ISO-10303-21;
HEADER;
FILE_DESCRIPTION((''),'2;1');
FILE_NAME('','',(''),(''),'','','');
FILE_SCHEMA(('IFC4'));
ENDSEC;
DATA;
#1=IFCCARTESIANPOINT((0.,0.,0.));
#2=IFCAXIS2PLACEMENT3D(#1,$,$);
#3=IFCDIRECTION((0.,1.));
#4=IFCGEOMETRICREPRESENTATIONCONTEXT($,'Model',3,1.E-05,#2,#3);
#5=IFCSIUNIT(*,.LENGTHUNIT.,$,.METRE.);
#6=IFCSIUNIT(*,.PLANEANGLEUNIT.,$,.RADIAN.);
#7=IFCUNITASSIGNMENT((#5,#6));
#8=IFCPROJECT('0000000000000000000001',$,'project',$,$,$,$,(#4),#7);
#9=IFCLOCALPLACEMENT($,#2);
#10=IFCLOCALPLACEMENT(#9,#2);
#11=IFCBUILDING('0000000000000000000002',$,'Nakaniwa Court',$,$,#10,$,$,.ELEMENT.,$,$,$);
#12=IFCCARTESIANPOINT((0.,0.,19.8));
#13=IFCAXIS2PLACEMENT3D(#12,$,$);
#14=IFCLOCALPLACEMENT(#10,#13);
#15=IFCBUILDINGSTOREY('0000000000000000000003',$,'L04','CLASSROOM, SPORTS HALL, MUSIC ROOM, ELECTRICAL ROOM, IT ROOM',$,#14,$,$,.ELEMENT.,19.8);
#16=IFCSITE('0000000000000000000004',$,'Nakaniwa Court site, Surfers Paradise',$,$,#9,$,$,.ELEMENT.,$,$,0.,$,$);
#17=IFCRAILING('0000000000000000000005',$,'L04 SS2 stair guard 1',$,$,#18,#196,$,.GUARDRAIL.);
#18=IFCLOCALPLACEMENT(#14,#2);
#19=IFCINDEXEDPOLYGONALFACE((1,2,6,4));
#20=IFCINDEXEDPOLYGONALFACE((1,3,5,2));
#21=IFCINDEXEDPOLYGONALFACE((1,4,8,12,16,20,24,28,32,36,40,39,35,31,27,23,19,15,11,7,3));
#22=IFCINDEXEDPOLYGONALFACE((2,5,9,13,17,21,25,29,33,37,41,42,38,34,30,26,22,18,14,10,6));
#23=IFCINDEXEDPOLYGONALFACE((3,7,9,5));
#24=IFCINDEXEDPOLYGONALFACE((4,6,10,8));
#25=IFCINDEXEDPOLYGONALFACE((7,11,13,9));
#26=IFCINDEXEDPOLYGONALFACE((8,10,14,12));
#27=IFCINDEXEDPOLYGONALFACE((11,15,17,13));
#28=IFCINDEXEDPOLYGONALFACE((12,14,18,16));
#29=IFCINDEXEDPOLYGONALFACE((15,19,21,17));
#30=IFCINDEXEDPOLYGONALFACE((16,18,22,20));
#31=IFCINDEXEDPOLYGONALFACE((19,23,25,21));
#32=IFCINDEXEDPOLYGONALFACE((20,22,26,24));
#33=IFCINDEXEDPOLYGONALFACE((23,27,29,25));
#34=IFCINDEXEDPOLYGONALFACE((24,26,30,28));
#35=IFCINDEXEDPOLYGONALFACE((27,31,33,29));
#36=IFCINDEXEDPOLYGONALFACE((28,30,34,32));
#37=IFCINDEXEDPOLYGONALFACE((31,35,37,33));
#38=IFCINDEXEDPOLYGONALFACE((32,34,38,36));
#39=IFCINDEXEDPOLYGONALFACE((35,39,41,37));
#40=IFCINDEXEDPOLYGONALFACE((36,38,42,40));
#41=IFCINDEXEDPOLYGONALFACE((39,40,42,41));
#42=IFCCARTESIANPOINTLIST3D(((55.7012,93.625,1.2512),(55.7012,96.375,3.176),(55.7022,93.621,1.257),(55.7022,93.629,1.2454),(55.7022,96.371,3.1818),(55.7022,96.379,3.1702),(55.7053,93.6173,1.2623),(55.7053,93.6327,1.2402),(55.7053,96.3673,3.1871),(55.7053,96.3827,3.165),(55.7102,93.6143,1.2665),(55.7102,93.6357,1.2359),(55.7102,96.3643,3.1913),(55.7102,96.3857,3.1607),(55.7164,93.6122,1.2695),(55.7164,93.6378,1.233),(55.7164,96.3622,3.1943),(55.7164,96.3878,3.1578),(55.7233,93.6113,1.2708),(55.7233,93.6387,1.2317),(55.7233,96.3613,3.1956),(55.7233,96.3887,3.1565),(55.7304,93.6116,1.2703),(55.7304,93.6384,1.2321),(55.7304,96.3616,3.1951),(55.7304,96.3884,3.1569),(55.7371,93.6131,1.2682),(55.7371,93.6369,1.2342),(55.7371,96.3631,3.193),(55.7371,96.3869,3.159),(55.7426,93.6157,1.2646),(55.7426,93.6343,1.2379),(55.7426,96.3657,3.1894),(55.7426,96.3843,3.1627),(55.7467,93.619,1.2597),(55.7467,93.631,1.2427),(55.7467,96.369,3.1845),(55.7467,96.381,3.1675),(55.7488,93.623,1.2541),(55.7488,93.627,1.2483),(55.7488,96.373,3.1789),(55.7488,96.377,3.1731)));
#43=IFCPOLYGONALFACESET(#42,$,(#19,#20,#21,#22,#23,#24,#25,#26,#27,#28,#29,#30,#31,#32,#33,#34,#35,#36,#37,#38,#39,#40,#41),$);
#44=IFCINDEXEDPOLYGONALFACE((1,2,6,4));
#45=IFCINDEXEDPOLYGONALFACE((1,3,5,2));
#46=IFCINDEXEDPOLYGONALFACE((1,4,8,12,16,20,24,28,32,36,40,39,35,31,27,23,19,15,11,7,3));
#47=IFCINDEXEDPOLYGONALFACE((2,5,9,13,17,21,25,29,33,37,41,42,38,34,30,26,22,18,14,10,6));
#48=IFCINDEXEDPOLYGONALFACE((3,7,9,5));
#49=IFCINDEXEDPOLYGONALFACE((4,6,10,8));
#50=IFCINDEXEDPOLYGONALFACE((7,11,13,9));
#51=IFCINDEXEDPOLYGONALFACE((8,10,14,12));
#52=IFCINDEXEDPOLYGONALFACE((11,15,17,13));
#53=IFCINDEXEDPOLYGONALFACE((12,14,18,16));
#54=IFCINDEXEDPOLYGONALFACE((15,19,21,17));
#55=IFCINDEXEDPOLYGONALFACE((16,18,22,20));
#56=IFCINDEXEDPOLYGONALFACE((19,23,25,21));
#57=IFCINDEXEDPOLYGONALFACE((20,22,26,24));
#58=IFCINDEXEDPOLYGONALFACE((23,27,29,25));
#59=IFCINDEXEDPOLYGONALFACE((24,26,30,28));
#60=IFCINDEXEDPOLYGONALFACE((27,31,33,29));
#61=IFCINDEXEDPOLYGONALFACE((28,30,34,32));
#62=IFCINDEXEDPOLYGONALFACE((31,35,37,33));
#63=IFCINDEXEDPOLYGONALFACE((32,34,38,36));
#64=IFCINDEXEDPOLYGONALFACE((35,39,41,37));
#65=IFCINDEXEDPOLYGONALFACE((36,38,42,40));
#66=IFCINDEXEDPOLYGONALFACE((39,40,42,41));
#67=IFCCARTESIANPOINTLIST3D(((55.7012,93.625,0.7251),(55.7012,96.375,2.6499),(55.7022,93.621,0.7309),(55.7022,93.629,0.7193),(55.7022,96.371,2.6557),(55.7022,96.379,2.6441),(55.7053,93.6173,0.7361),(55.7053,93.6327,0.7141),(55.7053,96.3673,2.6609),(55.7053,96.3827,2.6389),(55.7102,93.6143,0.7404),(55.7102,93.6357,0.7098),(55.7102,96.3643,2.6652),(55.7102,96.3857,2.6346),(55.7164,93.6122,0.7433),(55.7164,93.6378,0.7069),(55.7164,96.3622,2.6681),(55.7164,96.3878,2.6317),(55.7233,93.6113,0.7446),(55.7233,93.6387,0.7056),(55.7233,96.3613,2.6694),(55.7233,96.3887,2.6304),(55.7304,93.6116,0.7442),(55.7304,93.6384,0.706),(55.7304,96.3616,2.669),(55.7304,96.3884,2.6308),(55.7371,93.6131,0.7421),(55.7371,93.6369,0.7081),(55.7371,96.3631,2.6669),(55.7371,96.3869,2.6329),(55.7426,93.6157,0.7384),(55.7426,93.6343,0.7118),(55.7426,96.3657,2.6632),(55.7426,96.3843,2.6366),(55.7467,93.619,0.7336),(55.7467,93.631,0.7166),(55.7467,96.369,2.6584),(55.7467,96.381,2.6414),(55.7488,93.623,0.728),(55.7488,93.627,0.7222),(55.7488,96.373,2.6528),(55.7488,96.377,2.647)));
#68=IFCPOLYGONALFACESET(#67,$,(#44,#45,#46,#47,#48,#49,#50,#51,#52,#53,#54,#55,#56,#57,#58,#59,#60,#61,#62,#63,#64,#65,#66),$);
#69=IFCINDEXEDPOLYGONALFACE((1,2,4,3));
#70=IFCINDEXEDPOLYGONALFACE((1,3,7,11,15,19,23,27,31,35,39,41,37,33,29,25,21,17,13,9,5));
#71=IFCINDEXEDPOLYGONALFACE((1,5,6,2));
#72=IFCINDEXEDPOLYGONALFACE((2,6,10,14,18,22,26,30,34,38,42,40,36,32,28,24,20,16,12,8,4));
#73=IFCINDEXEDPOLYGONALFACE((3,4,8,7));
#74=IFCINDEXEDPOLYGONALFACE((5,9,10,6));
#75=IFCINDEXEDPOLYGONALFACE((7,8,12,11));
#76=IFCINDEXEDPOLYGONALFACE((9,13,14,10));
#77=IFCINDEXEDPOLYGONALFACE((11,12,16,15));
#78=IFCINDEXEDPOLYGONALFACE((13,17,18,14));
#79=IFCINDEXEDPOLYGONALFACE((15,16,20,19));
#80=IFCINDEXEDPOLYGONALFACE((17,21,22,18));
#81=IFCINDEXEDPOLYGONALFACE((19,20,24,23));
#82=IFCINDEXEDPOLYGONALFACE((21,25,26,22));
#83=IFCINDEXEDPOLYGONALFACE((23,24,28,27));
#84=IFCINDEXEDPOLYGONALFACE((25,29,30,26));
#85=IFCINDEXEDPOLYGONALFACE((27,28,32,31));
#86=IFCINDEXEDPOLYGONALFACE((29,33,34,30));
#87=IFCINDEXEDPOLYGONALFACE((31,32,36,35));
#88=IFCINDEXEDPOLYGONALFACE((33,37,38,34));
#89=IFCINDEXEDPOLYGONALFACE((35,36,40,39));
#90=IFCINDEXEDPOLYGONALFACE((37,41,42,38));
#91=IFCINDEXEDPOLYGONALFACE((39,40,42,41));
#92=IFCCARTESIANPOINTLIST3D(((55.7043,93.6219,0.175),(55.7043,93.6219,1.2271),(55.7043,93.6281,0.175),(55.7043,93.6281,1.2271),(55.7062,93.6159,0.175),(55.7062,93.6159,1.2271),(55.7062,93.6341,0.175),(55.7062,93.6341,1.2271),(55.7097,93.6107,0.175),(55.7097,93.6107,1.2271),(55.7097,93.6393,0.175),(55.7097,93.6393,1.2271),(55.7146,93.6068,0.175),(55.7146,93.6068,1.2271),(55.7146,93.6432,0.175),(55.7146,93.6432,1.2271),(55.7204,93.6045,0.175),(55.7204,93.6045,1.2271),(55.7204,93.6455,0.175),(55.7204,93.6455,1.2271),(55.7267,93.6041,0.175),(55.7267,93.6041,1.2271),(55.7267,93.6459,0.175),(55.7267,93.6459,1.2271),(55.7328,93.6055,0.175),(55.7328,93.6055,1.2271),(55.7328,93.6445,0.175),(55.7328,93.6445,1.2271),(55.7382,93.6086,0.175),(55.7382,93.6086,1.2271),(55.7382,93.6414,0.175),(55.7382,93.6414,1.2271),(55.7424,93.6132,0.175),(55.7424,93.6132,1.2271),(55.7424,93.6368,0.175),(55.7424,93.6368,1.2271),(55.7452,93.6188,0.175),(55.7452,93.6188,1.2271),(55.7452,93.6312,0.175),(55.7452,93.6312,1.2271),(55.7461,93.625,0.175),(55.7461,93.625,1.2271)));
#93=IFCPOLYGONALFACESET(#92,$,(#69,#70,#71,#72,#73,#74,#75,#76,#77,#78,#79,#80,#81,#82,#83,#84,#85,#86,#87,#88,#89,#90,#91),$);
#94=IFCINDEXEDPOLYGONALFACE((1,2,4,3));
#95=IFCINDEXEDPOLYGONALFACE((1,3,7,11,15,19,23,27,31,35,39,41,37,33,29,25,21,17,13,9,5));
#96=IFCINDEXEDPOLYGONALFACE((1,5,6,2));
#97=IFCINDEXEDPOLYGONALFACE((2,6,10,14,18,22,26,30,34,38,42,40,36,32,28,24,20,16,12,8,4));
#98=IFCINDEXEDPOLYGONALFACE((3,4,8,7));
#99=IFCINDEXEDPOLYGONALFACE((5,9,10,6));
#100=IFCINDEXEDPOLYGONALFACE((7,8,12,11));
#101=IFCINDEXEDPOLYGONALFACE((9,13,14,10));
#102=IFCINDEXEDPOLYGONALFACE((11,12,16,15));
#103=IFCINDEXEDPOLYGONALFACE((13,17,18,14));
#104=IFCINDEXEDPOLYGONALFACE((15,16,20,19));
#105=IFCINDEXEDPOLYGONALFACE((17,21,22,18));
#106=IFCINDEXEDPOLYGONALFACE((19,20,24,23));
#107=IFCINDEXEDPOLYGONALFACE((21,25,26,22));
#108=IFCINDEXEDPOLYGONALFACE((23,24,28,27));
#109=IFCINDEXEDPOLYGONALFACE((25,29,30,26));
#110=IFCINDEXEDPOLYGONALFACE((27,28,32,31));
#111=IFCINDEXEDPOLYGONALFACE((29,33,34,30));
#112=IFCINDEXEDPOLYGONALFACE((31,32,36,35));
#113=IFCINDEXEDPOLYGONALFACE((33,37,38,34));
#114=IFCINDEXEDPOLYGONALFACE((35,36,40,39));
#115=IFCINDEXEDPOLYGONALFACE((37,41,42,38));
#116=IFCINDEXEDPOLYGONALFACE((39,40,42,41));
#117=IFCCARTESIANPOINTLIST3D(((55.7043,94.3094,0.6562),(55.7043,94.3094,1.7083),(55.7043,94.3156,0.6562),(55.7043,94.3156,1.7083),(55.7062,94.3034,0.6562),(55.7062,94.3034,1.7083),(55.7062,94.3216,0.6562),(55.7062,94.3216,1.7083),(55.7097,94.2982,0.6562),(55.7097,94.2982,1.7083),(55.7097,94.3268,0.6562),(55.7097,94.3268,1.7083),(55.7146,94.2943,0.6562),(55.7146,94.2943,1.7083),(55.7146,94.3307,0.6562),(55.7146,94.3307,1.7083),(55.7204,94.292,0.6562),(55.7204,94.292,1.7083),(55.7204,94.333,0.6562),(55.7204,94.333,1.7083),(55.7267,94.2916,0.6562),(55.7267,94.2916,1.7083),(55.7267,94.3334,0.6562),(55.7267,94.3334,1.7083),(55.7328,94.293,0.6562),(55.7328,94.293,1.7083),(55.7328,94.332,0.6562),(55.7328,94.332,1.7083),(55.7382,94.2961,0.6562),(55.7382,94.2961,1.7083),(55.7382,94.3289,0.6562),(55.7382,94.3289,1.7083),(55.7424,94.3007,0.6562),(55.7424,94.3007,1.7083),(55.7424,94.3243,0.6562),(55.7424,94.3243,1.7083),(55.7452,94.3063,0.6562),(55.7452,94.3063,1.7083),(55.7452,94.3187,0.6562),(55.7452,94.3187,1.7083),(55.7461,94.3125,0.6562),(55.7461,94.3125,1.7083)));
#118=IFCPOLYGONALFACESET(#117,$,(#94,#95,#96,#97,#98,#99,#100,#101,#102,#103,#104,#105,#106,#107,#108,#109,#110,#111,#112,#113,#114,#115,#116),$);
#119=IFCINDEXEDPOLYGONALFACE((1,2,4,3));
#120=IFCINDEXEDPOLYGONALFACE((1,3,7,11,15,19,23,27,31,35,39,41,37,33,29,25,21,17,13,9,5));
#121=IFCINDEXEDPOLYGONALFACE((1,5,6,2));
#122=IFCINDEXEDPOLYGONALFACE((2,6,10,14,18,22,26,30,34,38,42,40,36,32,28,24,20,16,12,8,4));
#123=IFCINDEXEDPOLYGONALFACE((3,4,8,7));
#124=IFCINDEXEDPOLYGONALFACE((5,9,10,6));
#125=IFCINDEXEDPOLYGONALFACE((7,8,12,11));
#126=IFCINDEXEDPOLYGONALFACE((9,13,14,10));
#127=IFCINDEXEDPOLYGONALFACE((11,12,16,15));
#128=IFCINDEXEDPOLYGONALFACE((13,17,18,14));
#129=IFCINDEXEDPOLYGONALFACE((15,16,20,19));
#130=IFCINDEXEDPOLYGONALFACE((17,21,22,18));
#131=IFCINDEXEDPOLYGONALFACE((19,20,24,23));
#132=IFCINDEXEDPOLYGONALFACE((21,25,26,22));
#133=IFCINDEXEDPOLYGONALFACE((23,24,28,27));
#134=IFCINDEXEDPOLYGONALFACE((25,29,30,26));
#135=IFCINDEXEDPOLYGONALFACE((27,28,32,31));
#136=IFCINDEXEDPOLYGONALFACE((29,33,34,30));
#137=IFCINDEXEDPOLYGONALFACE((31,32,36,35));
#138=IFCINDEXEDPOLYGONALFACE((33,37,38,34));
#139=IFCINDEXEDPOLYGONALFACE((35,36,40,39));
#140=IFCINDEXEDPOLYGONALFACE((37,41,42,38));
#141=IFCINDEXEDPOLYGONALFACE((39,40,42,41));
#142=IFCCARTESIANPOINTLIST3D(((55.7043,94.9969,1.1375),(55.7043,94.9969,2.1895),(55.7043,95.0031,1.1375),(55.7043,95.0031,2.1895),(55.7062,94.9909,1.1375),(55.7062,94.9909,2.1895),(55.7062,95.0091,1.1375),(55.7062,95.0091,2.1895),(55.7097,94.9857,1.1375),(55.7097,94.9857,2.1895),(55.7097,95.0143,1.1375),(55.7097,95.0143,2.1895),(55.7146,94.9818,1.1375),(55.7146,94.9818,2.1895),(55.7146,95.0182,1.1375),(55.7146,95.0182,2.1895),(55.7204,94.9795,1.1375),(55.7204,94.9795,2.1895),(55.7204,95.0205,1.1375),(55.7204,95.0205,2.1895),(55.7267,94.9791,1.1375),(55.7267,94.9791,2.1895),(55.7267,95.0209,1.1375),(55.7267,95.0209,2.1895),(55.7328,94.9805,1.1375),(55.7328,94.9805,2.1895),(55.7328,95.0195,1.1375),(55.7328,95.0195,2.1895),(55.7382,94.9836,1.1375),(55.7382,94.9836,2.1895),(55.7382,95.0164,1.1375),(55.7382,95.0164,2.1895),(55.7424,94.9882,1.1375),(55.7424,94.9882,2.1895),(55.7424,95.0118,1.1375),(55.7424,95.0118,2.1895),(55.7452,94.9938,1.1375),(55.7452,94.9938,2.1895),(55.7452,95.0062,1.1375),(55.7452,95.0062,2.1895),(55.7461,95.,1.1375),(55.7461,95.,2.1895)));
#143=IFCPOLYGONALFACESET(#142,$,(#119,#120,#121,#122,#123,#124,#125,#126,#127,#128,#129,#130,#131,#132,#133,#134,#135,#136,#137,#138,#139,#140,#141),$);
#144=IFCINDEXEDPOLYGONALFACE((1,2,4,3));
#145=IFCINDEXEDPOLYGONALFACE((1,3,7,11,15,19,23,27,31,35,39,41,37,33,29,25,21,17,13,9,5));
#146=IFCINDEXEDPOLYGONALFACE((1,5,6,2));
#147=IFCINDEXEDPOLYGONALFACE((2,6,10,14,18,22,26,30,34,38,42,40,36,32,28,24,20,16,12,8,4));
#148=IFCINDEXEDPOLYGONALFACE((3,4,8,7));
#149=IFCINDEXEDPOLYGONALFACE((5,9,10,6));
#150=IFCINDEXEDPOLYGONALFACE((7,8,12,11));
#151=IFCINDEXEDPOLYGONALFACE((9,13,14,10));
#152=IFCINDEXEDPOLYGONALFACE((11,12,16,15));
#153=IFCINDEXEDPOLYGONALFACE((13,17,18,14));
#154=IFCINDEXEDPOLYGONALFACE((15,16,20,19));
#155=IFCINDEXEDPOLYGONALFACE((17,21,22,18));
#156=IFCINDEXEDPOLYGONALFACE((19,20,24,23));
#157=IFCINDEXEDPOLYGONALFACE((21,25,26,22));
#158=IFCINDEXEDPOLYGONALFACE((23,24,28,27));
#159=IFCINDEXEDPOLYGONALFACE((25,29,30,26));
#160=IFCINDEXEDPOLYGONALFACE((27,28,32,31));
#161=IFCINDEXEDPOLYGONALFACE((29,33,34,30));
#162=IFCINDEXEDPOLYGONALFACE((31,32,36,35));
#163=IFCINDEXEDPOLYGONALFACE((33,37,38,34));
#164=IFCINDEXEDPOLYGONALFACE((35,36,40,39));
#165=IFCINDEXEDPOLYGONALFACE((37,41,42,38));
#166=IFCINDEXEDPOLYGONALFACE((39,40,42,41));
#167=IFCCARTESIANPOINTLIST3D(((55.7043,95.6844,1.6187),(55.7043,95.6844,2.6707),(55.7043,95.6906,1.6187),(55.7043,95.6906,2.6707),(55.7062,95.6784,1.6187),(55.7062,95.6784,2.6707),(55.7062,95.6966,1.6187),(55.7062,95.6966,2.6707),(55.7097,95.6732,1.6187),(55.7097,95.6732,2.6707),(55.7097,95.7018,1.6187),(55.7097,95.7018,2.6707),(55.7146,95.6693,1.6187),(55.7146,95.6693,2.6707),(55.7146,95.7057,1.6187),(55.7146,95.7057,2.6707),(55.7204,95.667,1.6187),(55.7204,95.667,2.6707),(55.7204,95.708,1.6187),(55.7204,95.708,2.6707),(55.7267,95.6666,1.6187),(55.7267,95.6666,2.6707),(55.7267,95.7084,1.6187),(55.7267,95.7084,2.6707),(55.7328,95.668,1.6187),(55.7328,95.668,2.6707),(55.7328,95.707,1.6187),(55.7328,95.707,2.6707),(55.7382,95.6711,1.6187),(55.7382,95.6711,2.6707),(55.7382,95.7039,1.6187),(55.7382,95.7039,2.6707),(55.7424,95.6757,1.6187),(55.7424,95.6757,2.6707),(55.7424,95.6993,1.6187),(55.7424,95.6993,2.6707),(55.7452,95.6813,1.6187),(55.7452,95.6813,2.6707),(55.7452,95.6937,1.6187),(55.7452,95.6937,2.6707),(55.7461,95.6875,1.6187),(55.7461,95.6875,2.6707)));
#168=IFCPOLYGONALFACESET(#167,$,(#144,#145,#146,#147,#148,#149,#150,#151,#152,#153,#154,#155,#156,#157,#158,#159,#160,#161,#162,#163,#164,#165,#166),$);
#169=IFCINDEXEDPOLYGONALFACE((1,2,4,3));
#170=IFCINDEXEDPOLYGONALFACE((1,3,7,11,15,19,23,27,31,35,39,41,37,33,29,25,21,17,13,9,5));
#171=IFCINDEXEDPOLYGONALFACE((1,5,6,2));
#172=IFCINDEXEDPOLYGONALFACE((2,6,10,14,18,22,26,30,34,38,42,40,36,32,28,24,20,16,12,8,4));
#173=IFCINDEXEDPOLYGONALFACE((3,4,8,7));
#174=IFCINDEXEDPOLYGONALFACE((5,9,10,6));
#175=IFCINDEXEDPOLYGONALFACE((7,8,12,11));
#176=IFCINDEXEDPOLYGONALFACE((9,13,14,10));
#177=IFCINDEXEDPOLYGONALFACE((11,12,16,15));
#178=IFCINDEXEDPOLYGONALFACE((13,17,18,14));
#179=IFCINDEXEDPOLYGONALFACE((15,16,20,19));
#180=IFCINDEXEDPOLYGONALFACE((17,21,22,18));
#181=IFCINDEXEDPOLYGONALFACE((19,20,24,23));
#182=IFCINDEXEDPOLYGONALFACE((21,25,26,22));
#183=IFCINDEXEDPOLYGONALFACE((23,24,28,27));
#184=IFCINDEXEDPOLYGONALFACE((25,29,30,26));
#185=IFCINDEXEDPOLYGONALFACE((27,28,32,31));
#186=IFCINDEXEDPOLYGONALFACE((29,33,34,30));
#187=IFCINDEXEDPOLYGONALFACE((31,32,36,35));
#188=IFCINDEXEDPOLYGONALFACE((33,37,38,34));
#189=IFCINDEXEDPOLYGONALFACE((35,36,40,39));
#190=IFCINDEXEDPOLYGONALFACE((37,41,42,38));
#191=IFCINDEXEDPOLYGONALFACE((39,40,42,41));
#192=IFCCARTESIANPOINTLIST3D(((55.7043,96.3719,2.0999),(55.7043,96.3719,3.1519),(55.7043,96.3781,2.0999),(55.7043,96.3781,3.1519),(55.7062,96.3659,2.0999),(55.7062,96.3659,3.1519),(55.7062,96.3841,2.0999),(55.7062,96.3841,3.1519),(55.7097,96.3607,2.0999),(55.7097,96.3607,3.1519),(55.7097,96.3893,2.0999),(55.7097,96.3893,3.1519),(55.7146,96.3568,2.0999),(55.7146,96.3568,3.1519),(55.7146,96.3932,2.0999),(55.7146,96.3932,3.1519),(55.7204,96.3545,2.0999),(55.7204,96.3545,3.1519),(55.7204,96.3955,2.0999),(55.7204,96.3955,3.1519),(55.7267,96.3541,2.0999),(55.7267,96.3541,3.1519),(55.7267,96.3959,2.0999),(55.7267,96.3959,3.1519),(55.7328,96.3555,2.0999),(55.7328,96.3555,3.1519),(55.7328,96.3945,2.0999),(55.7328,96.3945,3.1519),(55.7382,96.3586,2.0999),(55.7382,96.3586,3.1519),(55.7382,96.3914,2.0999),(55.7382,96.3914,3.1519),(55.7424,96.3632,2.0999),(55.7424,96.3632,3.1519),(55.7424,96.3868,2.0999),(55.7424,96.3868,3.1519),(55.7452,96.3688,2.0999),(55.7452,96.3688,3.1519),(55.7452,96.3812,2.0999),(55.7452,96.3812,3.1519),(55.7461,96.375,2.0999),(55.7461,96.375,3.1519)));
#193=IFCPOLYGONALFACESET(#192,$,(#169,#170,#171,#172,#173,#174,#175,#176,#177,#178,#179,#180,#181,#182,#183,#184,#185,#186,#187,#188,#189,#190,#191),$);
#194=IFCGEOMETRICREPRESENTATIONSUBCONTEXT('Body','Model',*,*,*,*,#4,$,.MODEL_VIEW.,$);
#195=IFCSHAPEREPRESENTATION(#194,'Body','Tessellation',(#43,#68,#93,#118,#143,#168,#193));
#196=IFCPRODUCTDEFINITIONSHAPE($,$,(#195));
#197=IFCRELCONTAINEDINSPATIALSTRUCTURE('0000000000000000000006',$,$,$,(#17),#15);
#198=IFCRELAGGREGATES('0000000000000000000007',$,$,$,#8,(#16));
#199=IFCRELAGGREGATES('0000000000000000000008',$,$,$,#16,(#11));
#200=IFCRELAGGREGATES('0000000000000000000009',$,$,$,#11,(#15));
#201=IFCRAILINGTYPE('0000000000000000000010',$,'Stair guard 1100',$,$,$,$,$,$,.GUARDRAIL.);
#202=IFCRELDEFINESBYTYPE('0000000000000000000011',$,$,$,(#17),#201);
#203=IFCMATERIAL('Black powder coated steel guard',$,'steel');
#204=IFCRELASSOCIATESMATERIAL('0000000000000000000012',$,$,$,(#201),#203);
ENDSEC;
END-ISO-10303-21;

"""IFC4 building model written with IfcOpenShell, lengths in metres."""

from ifc_helpers import new_model, si_unit, direction, frame, origin, origin_2d, place, context, subcontext, project, spatial, circle, extrude, material, type_object, element, save


model = new_model("IFC4")

# Units and contexts
model_context = context("Model", 3, precision=1e-05, world=origin(), true_north=direction((0.0, 1.0)))
body_context = subcontext(model_context, "Body", "Model", "MODEL_VIEW")
ifc_project = project(units=[si_unit("LENGTHUNIT", "METRE"), si_unit("PLANEANGLEUNIT", "RADIAN")], contexts=[model_context])

# Site, building, storey
site_placement = place(None, origin())
site = spatial("IfcSite", under=ifc_project, at=site_placement, Name="Nakaniwa Court site, Surfers Paradise", CompositionType="ELEMENT", RefElevation=0.0)
building_placement = place(site_placement, origin())
building = spatial("IfcBuilding", under=site, at=building_placement, Name="Nakaniwa Court", CompositionType="ELEMENT")
storey_placement = place(building_placement, frame((0.0, 0.0, 19.8)))
storey = spatial("IfcBuildingStorey", under=building, at=storey_placement, Name="L04", Description="CLASSROOM, SPORTS HALL, MUSIC ROOM, ELECTRICAL ROOM, IT ROOM", CompositionType="ELEMENT", Elevation=19.8)

# Railing
ifc_material_1 = material(Name="Black powder coated steel guard", Category="steel")
railing_type_1 = type_object("IfcRailingType", Name="Stair guard 1100", PredefinedType="GUARDRAIL", material=ifc_material_1)
railing_1_placement = place(storey_placement, frame((55.7251, 93.625, 0.175)))
element("IfcRailing", 1, at=railing_1_placement, inside=storey, type_object=railing_type_1, Name="L04 SS2 stair guard 1", PredefinedType="GUARDRAIL", context=body_context, shape_type="SweptSolid", body=[
    extrude(circle(Radius=0.0239, at=origin_2d()), frame((0.0, 0.0, 1.0762), z_axis=(0.0, 0.819259, 0.573423), x_axis=(-1.0, 0.0, 0.0)), (0.0, 0.0, 1.0), 3.3567),
    extrude(circle(Radius=0.0239, at=origin_2d()), frame((0.0, 0.0, 0.55), z_axis=(0.0, 0.819259, 0.573423), x_axis=(-1.0, 0.0, 0.0)), (0.0, 0.0, 1.0), 3.3567),
    extrude(circle(Radius=0.021, at=origin_2d()), origin(), (0.0, 0.0, 1.0), 1.052),
    extrude(circle(Radius=0.021, at=origin_2d()), frame((0.0, 0.6875, 0.4812)), (0.0, 0.0, 1.0), 1.052),
    extrude(circle(Radius=0.021, at=origin_2d()), frame((0.0, 1.375, 0.9624)), (0.0, 0.0, 1.0), 1.052),
    extrude(circle(Radius=0.021, at=origin_2d()), frame((0.0, 2.0625, 1.4436)), (0.0, 0.0, 1.0), 1.052),
    extrude(circle(Radius=0.021, at=origin_2d()), frame((0.0, 2.75, 1.9248)), (0.0, 0.0, 1.0), 1.052),
])

save(model, "model.ifc")
